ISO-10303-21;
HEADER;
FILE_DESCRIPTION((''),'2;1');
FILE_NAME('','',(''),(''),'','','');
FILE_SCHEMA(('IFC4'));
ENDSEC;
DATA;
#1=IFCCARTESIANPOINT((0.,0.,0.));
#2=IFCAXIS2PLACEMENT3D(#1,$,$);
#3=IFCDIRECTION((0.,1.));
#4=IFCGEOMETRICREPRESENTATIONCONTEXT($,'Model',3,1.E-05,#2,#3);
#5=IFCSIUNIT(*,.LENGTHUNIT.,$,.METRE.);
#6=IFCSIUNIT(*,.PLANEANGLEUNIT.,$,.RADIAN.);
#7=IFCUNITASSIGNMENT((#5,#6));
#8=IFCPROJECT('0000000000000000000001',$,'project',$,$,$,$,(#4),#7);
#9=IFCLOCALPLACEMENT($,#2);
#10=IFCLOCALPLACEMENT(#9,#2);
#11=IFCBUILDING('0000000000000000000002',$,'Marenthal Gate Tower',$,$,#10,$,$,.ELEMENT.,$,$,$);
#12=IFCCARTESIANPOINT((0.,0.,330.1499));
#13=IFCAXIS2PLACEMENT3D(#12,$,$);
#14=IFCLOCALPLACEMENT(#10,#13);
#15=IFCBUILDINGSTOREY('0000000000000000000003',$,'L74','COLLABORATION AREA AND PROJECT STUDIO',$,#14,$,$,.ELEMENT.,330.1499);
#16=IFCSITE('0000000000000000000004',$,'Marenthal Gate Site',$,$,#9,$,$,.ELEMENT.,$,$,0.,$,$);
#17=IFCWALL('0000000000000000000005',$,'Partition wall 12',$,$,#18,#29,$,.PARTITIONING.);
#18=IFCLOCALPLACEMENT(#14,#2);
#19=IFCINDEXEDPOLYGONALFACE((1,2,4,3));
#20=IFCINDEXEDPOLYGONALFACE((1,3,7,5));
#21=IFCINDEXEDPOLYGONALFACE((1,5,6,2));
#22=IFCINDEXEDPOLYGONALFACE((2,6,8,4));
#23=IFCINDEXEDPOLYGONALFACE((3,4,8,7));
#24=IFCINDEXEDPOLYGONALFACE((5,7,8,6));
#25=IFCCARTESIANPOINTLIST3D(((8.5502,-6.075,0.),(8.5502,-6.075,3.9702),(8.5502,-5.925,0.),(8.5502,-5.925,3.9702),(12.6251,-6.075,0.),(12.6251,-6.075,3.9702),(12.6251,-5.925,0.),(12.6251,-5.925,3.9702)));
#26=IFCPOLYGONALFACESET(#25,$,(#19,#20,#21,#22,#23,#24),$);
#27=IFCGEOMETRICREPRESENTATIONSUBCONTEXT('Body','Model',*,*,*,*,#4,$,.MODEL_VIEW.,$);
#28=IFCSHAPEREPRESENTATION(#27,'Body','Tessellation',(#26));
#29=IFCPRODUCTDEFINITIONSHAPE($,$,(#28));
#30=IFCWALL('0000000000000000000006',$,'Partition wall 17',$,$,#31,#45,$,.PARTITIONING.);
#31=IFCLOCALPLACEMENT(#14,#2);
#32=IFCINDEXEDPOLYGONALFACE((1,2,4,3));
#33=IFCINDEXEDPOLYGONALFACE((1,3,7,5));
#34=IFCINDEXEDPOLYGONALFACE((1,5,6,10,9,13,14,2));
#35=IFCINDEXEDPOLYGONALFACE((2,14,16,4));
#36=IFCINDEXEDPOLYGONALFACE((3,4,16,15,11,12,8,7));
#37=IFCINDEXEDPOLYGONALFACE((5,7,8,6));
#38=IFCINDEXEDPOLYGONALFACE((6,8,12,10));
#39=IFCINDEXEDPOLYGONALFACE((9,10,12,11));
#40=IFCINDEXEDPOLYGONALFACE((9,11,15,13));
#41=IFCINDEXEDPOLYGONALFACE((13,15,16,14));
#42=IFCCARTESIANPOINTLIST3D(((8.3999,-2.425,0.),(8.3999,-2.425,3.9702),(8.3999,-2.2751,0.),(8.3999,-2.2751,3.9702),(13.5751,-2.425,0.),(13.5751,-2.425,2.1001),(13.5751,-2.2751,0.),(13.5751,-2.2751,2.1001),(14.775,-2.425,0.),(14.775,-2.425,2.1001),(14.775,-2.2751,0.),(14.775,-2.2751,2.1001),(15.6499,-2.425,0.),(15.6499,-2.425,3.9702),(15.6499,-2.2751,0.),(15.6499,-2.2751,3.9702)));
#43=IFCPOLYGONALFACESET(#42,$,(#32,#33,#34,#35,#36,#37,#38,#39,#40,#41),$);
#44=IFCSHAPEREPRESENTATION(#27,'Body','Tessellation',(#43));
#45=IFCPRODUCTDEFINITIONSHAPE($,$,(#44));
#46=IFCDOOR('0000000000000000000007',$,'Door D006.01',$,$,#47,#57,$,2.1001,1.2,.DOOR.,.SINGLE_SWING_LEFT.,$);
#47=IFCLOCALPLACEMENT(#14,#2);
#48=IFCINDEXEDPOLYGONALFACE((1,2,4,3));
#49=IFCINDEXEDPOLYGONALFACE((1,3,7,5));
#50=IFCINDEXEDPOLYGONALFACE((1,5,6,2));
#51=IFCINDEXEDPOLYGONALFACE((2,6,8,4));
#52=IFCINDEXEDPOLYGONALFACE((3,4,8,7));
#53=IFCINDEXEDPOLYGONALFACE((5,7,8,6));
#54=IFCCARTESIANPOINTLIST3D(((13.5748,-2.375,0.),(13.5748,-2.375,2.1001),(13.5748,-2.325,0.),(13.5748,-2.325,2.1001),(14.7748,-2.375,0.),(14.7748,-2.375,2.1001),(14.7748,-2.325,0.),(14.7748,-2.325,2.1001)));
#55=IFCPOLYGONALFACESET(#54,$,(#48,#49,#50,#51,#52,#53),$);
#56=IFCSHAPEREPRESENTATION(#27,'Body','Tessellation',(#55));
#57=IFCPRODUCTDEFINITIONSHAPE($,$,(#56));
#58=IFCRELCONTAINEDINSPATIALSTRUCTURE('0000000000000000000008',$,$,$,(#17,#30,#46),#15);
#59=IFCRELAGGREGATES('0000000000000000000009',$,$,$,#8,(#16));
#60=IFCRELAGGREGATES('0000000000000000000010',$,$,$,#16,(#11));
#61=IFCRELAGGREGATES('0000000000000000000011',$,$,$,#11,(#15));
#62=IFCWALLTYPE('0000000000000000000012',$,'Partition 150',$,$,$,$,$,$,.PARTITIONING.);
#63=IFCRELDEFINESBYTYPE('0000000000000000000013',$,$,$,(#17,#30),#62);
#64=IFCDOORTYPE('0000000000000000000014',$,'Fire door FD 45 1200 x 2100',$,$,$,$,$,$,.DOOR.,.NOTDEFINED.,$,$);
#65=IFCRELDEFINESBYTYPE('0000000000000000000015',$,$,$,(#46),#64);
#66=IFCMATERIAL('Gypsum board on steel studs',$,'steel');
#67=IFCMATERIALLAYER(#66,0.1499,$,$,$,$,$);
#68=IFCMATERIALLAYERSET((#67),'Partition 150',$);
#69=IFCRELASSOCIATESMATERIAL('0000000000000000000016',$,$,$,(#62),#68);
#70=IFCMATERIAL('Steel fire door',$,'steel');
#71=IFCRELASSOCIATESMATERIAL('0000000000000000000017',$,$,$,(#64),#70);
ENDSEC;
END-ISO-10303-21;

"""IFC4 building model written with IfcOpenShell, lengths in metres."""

from ifc_helpers import new_model, si_unit, direction, frame, frame_2d, origin, place, context, subcontext, project, spatial, rectangle, extrude, material, layer, layer_set, type_object, element, fill, save


model = new_model("IFC4")

# Units and contexts
model_context = context("Model", 3, precision=1e-05, world=origin(), true_north=direction((0.0, 1.0)))
body_context = subcontext(model_context, "Body", "Model", "MODEL_VIEW")
ifc_project = project(units=[si_unit("LENGTHUNIT", "METRE"), si_unit("PLANEANGLEUNIT", "RADIAN")], contexts=[model_context])

# Site, building, storey
site_placement = place(None, origin())
site = spatial("IfcSite", under=ifc_project, at=site_placement, Name="Marenthal Gate Site", CompositionType="ELEMENT", RefElevation=0.0)
building_placement = place(site_placement, origin())
building = spatial("IfcBuilding", under=site, at=building_placement, Name="Marenthal Gate Tower", CompositionType="ELEMENT")
storey_placement = place(building_placement, frame((0.0, 0.0, 330.1499)))
storey = spatial("IfcBuildingStorey", under=building, at=storey_placement, Name="L74", Description="COLLABORATION AREA AND PROJECT STUDIO", CompositionType="ELEMENT", Elevation=330.1499)

# Wall
ifc_material_1 = material(Name="Gypsum board on steel studs", Category="steel")
ifc_layer_1 = layer(ifc_material_1, 0.1499)
ifc_layer_set_1 = layer_set([ifc_layer_1], Name="Partition 150")
wall_type_1 = type_object("IfcWallType", Name="Partition 150", PredefinedType="PARTITIONING", material=ifc_layer_set_1)
wall_1_placement = place(storey_placement, frame((8.55, -6.0, 0.0), z_axis=(0.0, 0.0, 1.0), x_axis=(1.0, 0.0, 0.0)))
element("IfcWall", 1, at=wall_1_placement, inside=storey, type_object=wall_type_1, Name="Partition wall 12", PredefinedType="PARTITIONING", context=body_context, shape_type="SweptSolid", body=[
    extrude(rectangle(XDim=4.075, YDim=0.1499, at=frame_2d((2.0376, 0.0))), origin(), (0.0, 0.0, 1.0), 3.9702),
])

# Wall, opening, door
wall_2_placement = place(storey_placement, frame((8.3999, -2.3501, 0.0), z_axis=(0.0, 0.0, 1.0), x_axis=(1.0, 0.0, 0.0)))
wall_2 = element("IfcWall", 2, at=wall_2_placement, inside=storey, type_object=wall_type_1, Name="Partition wall 17", PredefinedType="PARTITIONING", context=body_context, shape_type="SweptSolid", body=[
    extrude(rectangle(XDim=7.25, YDim=0.1499, at=frame_2d((3.625, 0.0))), origin(), (0.0, 0.0, 1.0), 3.9702),
])
opening_placement = place(wall_2_placement, frame((5.175, 0.0, 0.0)))
opening = element("IfcOpeningElement", 3, at=opening_placement, cuts=wall_2, PredefinedType="OPENING", context=body_context, shape_type="SweptSolid", body=[
    extrude(rectangle(XDim=1.2, YDim=2.1001, at=frame_2d((0.6001, 1.05))), frame((0.0, 0.085, 0.0), z_axis=(0.0, -1.0, 0.0), x_axis=(1.0, 0.0, 0.0)), (0.0, 0.0, 1.0), 0.1699),
])
ifc_material_2 = material(Name="Steel fire door", Category="steel")
door_type = type_object("IfcDoorType", Name="Fire door FD 45 1200 x 2100", OperationType="NOTDEFINED", PredefinedType="DOOR", material=ifc_material_2)
door_placement = place(opening_placement, frame((1.2, 0.0, 0.0), z_axis=(0.0, 0.0, 1.0), x_axis=(-1.0, 0.0, 0.0)))
door = element("IfcDoor", 4, at=door_placement, inside=storey, type_object=door_type, Name="Door D006.01", OperationType="SINGLE_SWING_LEFT", OverallHeight=2.1001, OverallWidth=1.2, PredefinedType="DOOR", context=body_context, shape_type="SweptSolid", body=[
    extrude(rectangle(XDim=1.2, YDim=2.1001, at=frame_2d((0.6001, 1.05))), frame((0.0, 0.0249, 0.0), z_axis=(0.0, -1.0, 0.0), x_axis=(1.0, 0.0, 0.0)), (0.0, 0.0, 1.0), 0.05),
])
fill(opening, door)

save(model, "model.ifc")
